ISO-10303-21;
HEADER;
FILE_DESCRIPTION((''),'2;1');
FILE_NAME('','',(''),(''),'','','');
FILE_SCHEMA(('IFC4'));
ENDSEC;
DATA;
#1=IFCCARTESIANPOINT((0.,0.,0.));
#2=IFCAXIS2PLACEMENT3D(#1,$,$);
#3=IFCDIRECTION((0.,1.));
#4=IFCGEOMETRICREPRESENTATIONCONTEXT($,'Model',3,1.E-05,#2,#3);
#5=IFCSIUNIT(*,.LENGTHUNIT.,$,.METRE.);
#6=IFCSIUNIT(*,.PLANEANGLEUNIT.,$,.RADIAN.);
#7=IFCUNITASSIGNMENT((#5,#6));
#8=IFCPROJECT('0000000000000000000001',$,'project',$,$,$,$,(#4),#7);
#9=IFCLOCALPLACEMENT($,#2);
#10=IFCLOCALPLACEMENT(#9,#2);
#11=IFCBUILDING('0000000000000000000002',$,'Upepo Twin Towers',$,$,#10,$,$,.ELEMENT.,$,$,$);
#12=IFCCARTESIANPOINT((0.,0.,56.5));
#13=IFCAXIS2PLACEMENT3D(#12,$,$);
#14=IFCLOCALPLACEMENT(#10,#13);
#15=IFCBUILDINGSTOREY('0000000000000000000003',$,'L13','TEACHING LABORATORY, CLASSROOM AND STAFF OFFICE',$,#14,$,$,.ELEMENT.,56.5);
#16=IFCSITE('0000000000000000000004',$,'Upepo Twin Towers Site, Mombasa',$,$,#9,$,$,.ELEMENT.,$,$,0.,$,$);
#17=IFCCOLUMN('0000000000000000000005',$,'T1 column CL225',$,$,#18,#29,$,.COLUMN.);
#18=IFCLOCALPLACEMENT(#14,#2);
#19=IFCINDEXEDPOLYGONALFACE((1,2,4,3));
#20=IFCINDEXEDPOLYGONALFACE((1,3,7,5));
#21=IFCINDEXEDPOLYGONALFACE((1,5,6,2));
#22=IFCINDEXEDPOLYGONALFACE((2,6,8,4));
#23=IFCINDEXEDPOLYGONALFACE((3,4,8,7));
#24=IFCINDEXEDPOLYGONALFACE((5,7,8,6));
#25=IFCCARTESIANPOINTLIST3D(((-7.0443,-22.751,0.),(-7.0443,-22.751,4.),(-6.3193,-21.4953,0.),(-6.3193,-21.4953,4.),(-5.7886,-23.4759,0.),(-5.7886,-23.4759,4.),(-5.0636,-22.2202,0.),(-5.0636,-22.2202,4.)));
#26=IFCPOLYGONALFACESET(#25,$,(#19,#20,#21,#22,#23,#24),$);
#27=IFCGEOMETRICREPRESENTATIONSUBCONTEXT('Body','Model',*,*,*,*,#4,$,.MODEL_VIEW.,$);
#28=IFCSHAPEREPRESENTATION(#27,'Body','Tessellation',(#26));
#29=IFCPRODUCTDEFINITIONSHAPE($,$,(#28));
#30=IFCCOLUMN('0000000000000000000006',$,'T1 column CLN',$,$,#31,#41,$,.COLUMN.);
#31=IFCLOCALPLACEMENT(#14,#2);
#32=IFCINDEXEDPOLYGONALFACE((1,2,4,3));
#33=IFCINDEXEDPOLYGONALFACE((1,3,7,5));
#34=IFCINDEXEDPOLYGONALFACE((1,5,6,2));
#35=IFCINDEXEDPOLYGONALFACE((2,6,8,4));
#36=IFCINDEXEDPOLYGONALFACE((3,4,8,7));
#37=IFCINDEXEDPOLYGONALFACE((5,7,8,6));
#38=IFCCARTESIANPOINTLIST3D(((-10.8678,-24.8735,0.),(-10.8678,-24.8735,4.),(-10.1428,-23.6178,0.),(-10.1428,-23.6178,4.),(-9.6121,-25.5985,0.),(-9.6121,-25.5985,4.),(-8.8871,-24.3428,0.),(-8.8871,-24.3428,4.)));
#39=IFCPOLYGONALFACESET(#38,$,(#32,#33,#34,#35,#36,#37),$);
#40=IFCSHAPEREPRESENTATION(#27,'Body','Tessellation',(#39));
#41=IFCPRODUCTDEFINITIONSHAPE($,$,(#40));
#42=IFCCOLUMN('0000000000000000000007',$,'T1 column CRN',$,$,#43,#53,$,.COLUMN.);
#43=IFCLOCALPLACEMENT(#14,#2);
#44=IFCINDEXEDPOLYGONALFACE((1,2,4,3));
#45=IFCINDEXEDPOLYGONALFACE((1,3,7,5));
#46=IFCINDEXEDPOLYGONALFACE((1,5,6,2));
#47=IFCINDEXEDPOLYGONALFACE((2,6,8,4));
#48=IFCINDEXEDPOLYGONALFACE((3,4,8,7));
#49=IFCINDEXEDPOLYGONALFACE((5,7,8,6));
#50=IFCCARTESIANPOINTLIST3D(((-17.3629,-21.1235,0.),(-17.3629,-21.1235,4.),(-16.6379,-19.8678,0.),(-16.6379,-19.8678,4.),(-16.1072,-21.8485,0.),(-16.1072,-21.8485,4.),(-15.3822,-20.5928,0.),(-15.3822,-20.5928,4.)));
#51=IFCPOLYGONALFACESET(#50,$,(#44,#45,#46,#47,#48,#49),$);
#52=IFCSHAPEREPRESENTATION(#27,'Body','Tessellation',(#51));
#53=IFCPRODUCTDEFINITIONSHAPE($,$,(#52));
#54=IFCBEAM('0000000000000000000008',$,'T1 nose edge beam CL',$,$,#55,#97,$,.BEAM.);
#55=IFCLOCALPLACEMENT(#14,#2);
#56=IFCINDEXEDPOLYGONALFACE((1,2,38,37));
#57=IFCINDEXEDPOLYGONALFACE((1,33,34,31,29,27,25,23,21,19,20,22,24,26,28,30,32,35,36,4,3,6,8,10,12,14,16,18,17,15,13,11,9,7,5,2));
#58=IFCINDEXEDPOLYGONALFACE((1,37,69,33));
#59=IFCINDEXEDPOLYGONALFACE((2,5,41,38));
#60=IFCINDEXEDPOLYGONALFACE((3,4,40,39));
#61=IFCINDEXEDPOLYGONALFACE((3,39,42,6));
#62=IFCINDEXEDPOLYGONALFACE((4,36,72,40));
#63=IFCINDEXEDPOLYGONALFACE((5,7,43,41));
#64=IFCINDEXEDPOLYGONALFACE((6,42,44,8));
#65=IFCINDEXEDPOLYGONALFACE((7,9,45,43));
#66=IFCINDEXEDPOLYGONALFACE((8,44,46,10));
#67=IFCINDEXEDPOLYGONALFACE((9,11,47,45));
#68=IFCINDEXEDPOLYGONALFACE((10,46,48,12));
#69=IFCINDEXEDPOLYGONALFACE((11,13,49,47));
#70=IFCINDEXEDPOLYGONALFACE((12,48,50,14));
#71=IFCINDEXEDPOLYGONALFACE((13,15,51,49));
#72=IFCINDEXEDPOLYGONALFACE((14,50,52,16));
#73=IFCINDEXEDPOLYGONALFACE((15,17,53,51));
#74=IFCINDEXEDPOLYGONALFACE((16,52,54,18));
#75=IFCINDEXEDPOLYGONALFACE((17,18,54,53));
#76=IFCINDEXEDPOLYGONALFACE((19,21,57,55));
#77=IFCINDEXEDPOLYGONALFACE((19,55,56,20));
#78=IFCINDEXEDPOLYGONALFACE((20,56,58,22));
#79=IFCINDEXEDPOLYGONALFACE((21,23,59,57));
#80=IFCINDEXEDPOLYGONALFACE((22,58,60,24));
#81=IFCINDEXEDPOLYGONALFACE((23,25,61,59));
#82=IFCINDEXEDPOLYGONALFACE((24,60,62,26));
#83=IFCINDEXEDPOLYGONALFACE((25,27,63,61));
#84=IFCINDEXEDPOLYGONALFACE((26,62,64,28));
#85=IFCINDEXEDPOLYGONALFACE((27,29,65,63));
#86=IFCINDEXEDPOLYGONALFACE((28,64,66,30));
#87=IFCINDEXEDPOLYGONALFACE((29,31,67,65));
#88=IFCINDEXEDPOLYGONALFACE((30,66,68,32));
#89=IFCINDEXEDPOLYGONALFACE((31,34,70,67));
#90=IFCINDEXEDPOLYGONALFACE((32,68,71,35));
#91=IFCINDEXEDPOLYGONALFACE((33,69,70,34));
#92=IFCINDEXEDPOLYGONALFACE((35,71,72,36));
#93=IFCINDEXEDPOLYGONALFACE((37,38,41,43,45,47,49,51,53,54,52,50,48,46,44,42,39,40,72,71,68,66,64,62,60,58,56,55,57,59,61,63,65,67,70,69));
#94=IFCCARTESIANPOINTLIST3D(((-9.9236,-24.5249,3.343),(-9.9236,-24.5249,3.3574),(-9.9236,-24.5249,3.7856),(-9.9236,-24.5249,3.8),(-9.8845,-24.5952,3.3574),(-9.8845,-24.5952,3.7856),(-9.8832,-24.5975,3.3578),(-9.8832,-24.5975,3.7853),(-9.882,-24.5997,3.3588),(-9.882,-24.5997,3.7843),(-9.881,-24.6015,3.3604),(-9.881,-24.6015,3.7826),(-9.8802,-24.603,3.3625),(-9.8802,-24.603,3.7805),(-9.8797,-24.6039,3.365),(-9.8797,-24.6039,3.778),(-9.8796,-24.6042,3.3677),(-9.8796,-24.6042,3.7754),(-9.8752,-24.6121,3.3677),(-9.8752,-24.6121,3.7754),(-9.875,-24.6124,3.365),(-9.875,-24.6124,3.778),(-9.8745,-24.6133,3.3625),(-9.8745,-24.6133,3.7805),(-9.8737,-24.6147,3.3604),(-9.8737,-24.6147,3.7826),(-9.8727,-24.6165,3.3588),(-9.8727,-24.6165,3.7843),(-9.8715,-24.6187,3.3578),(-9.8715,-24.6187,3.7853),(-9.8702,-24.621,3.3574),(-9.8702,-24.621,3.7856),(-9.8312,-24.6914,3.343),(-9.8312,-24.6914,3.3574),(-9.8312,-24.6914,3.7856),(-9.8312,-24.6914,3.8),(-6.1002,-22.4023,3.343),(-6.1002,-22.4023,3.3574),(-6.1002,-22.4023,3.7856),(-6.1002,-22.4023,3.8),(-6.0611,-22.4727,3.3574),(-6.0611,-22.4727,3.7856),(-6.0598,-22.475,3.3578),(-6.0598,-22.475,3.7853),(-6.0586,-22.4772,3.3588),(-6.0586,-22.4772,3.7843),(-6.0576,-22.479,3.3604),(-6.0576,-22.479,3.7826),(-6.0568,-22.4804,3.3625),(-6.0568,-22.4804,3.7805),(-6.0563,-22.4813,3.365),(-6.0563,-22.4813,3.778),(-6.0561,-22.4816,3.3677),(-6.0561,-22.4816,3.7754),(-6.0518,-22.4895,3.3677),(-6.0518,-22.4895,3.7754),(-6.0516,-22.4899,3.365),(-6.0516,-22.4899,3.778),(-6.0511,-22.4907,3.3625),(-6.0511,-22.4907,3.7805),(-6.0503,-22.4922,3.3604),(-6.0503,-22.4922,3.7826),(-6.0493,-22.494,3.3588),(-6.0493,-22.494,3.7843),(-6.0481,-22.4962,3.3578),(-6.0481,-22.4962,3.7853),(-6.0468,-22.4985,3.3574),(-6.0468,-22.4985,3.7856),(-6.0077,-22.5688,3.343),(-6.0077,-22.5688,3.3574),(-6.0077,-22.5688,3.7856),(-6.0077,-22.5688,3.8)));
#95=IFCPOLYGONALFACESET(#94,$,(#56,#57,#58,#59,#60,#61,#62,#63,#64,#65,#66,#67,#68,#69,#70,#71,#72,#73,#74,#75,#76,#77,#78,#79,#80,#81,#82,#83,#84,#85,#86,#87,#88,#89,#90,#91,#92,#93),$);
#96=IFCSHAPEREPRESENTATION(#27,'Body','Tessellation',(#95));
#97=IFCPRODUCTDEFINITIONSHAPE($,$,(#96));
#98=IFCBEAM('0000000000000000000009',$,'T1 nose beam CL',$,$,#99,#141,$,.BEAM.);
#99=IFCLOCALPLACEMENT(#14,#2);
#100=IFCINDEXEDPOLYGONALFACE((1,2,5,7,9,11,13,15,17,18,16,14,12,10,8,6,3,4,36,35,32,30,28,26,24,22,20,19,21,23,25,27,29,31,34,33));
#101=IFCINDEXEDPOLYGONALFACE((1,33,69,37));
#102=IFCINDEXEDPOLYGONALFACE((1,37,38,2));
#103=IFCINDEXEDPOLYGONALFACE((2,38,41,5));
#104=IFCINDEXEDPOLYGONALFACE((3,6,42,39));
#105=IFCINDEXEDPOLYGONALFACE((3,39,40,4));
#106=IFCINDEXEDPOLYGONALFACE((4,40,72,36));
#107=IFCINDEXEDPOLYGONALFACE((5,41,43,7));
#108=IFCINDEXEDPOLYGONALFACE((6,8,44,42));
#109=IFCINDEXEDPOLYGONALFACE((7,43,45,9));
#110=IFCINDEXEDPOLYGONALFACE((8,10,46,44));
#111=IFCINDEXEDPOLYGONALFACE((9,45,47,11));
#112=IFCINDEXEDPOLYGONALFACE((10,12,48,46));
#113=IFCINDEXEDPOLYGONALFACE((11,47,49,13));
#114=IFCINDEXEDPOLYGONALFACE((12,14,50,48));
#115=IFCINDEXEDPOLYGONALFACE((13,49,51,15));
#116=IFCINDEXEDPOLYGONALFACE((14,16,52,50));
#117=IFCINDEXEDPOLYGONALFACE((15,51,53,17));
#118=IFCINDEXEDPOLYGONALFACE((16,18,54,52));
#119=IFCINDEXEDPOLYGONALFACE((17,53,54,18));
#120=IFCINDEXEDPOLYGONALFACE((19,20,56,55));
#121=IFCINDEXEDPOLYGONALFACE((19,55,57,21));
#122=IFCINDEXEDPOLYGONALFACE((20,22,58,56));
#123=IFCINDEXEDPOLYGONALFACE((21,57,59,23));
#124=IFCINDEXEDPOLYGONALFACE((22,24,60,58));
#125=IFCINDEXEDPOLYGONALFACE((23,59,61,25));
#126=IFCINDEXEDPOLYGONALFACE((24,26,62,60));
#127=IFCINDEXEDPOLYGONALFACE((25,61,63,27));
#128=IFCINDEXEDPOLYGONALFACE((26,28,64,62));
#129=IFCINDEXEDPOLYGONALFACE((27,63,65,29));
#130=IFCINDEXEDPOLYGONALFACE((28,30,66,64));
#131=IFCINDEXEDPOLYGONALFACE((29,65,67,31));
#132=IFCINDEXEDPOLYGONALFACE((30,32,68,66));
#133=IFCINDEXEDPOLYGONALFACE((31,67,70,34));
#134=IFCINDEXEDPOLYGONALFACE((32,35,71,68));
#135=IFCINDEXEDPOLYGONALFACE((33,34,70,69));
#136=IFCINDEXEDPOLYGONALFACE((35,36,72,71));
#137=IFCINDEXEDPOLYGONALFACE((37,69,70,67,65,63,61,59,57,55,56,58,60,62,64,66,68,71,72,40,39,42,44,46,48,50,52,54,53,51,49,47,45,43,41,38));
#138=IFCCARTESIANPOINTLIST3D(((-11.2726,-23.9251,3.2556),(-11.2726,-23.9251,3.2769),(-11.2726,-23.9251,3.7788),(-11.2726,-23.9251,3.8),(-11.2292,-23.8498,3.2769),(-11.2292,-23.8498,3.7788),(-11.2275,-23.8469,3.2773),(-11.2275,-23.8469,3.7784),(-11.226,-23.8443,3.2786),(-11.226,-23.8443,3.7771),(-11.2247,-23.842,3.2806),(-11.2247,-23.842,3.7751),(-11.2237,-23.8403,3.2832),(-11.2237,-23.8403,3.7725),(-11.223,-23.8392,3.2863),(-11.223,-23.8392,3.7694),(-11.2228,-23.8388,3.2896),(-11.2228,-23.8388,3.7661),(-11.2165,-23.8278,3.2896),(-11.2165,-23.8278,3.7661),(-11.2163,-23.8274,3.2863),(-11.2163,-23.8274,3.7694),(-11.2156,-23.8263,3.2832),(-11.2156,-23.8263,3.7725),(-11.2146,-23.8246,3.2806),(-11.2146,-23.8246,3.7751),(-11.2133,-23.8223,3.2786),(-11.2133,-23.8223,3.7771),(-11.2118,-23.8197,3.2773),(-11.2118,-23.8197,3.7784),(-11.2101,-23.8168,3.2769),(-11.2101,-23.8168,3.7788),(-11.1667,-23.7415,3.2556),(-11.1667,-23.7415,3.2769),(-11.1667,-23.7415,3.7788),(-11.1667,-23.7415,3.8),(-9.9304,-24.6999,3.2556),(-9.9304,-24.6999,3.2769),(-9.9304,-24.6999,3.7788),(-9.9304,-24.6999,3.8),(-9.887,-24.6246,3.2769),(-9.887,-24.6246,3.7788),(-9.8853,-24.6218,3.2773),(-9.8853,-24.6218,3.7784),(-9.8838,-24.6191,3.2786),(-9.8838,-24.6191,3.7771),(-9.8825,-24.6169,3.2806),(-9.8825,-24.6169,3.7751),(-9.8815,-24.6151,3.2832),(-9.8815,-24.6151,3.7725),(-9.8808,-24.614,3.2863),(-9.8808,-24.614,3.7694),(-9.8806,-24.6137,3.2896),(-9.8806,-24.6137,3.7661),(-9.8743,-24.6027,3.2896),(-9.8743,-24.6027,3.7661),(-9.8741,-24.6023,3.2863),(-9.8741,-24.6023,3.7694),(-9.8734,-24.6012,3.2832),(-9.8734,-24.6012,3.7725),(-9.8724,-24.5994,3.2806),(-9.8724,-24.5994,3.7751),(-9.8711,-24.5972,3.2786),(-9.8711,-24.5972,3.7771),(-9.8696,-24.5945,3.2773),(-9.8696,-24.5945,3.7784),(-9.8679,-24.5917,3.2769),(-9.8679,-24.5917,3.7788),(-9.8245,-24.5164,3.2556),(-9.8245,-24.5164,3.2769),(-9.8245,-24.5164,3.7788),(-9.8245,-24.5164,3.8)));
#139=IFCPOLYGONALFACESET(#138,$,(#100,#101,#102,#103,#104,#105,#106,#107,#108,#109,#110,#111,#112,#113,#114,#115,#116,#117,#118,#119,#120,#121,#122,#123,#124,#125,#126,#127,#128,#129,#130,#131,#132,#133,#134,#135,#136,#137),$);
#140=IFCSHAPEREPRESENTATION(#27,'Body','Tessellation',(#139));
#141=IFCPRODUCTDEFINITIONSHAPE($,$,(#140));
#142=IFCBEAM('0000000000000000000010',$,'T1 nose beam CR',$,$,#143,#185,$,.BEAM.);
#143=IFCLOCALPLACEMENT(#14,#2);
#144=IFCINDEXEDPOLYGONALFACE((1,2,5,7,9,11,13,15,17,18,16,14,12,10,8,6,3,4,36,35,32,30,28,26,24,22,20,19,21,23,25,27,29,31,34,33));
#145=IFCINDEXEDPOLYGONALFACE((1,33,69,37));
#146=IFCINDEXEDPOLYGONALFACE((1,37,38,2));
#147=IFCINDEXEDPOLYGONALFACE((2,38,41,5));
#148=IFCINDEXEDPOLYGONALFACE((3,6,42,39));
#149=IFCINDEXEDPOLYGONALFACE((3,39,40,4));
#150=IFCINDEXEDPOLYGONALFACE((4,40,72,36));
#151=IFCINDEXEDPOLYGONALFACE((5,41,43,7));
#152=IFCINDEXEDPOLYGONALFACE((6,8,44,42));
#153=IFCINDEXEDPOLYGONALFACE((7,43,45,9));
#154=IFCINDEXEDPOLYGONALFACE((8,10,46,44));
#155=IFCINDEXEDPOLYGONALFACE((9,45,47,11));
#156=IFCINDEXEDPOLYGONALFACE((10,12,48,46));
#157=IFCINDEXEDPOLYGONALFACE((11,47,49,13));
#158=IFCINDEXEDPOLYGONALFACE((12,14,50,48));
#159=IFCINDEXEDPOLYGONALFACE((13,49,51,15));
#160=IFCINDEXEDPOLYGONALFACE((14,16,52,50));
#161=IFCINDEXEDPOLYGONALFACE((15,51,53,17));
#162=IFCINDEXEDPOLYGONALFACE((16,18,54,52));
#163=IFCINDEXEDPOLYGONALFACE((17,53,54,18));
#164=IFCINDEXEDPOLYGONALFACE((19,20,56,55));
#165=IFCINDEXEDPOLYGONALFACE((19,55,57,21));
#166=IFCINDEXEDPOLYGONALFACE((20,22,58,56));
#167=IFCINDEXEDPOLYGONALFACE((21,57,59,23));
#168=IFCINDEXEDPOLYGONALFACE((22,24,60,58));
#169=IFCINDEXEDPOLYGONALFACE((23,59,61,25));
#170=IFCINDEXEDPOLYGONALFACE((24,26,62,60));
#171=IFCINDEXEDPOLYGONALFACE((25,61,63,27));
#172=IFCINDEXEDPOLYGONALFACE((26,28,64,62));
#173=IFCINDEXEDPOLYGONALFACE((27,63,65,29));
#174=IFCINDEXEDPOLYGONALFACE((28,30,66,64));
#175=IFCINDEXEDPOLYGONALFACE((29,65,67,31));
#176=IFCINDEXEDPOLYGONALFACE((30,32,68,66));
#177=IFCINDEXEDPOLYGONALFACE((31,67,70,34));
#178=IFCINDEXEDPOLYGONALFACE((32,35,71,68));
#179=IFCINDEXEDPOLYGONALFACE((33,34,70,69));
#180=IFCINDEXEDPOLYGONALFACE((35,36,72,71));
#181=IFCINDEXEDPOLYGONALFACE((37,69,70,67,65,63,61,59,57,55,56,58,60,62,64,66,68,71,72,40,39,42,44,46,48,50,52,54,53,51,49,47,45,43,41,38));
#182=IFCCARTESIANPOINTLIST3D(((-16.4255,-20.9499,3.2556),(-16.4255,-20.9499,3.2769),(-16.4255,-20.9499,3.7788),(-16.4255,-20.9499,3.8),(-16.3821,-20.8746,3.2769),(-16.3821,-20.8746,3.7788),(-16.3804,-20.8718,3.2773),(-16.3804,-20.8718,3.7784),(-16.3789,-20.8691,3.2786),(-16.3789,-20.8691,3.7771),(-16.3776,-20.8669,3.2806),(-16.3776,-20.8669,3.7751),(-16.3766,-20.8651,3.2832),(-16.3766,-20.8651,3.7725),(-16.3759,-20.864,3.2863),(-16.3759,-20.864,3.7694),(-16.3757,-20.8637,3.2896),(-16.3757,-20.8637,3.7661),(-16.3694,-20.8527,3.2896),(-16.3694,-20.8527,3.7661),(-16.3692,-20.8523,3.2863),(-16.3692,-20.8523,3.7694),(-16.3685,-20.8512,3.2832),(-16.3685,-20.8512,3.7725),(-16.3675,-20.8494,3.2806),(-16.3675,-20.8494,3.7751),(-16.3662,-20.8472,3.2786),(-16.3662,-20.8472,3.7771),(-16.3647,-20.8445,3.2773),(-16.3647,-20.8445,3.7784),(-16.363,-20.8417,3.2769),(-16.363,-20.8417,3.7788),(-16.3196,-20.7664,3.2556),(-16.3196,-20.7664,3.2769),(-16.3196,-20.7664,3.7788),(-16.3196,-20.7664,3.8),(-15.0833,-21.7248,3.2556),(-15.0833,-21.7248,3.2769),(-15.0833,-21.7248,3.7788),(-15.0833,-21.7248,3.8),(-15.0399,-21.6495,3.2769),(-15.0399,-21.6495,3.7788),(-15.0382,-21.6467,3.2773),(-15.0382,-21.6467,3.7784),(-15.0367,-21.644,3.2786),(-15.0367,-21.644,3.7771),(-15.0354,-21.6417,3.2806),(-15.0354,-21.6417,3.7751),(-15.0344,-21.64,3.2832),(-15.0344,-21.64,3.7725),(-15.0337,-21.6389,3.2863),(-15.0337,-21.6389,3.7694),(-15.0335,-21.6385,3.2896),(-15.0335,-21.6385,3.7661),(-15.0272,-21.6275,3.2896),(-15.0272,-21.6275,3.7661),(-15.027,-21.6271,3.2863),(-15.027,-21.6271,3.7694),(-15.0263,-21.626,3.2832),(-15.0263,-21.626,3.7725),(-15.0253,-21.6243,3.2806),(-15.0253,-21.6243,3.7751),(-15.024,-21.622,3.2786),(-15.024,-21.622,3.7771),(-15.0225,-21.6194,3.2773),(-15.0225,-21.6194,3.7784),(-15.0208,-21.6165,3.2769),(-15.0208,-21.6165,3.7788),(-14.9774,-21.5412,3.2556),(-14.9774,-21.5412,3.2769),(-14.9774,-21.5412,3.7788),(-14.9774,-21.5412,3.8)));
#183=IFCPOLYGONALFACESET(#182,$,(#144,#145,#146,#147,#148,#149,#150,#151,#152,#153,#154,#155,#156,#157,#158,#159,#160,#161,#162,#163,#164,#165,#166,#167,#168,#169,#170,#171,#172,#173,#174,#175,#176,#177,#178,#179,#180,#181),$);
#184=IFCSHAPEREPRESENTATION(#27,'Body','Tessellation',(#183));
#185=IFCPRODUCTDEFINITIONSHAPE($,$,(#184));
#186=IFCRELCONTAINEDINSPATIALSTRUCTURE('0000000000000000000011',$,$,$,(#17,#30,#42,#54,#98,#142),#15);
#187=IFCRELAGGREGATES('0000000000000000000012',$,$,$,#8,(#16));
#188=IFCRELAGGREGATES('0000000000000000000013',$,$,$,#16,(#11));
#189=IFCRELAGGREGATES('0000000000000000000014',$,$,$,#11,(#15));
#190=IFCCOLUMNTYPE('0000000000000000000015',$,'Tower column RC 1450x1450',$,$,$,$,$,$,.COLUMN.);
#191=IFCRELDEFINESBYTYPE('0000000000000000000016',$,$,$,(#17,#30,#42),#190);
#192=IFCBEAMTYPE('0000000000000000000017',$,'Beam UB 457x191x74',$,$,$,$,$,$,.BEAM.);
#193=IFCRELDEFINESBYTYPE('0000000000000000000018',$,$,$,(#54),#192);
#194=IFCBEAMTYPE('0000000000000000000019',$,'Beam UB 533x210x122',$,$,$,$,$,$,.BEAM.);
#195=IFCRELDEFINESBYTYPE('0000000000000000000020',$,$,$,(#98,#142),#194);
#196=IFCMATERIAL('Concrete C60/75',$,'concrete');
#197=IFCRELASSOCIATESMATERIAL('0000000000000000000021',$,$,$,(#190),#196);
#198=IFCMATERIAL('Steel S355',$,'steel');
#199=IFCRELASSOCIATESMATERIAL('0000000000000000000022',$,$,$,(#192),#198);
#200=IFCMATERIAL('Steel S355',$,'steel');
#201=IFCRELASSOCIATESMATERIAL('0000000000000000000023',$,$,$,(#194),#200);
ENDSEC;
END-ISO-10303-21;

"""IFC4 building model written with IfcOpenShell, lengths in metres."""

from ifc_helpers import new_model, si_unit, direction, frame, origin, origin_2d, place, context, subcontext, project, spatial, rectangle, i_section, extrude, material, material_profile, profile_set, type_object, element, save


model = new_model("IFC4")

# Units and contexts
model_context = context("Model", 3, precision=1e-05, world=origin(), true_north=direction((0.0, 1.0)))
body_context = subcontext(model_context, "Body", "Model", "MODEL_VIEW")
ifc_project = project(units=[si_unit("LENGTHUNIT", "METRE"), si_unit("PLANEANGLEUNIT", "RADIAN")], contexts=[model_context])

# Site, building, storey
site_placement = place(None, origin())
site = spatial("IfcSite", under=ifc_project, at=site_placement, Name="Upepo Twin Towers Site, Mombasa", CompositionType="ELEMENT", RefElevation=0.0)
building_placement = place(site_placement, origin())
building = spatial("IfcBuilding", under=site, at=building_placement, Name="Upepo Twin Towers", CompositionType="ELEMENT")
storey_placement = place(building_placement, frame((0.0, 0.0, 56.5)))
storey = spatial("IfcBuildingStorey", under=building, at=storey_placement, Name="L13", Description="TEACHING LABORATORY, CLASSROOM AND STAFF OFFICE", CompositionType="ELEMENT", Elevation=56.5)

# Columns
ifc_material_1 = material(Name="Concrete C60/75", Category="concrete")
ifc_material_profile_1 = material_profile(ifc_material_1, rectangle(XDim=1.45, YDim=1.45, at=origin_2d()), Name="RC 1450x1450")
ifc_profile_set_1 = profile_set([ifc_material_profile_1], Name="Concrete C60/75")
column_type = type_object("IfcColumnType", Name="Tower column RC 1450x1450", PredefinedType="COLUMN", material=ifc_profile_set_1)
for number, where, z_axis, x_axis, name in (
    (1, (-6.054, -22.4856, 0.0), (0.0, 0.0, 1.0), (0.5, 0.866025, 0.0), "T1 column CL225"),
    (2, (-9.8774, -24.6082, 0.0), (0.0, 0.0, 1.0), (0.5, 0.866025, 0.0), "T1 column CLN"),
    (3, (-16.3726, -20.8582, 0.0), (0.0, 0.0, 1.0), (0.5, 0.866025, 0.0), "T1 column CRN"),
):
    element("IfcColumn", number, at=place(storey_placement, frame(where, z_axis=z_axis, x_axis=x_axis)), inside=storey, type_object=column_type, Name=name, PredefinedType="COLUMN", context=body_context, shape_type="SweptSolid", body=[
        extrude(rectangle(XDim=1.45, YDim=1.45, at=origin_2d()), origin(), (0.0, 0.0, 1.0), 4.0),
    ])

# Beams
ifc_material_2 = material(Name="Steel S355", Category="steel")
ifc_material_profile_2 = material_profile(ifc_material_2, i_section(OverallWidth=0.1904, OverallDepth=0.457, WebThickness=0.009, FlangeThickness=0.0144, FilletRadius=0.0103, at=origin_2d()), Name="UB 457x191x74")
ifc_profile_set_2 = profile_set([ifc_material_profile_2], Name="Steel S355")
beam_type_1 = type_object("IfcBeamType", Name="Beam UB 457x191x74", PredefinedType="BEAM", material=ifc_profile_set_2)
beam_1_placement = place(storey_placement, frame((-6.054, -22.4856, 3.5715), z_axis=(-0.874313, -0.485363, 0.0), x_axis=(0.485363, -0.874313, 0.0)))
element("IfcBeam", 4, at=beam_1_placement, inside=storey, type_object=beam_type_1, Name="T1 nose edge beam CL", PredefinedType="BEAM", context=body_context, shape_type="SweptSolid", body=[
    extrude(i_section(OverallWidth=0.1904, OverallDepth=0.457, WebThickness=0.009, FlangeThickness=0.0144, FilletRadius=0.0103, at=origin_2d()), origin(), (0.0, 0.0, 1.0), 4.373),
])
ifc_material_3 = material(Name="Steel S355", Category="steel")
ifc_material_profile_3 = material_profile(ifc_material_3, i_section(OverallWidth=0.2119, OverallDepth=0.5444, WebThickness=0.0127, FlangeThickness=0.0212, FilletRadius=0.0127, at=origin_2d()), Name="UB 533x210x122")
ifc_profile_set_3 = profile_set([ifc_material_profile_3], Name="Steel S355")
beam_type_2 = type_object("IfcBeamType", Name="Beam UB 533x210x122", PredefinedType="BEAM", material=ifc_profile_set_3)
for number, where, z_axis, x_axis, name in (
    (5, (-9.8774, -24.6082, 3.5278), (-0.866044, 0.499968, 0.0), (-0.499968, -0.866044, 0.0), "T1 nose beam CL"),
    (6, (-16.3726, -20.8582, 3.5278), (0.866044, -0.499968, 0.0), (0.499968, 0.866044, 0.0), "T1 nose beam CR"),
):
    element("IfcBeam", number, at=place(storey_placement, frame(where, z_axis=z_axis, x_axis=x_axis)), inside=storey, type_object=beam_type_2, Name=name, PredefinedType="BEAM", context=body_context, shape_type="SweptSolid", body=[
        extrude(i_section(OverallWidth=0.2119, OverallDepth=0.5444, WebThickness=0.0127, FlangeThickness=0.0212, FilletRadius=0.0127, at=origin_2d()), origin(), (0.0, 0.0, 1.0), 1.5498),
    ])

save(model, "model.ifc")
